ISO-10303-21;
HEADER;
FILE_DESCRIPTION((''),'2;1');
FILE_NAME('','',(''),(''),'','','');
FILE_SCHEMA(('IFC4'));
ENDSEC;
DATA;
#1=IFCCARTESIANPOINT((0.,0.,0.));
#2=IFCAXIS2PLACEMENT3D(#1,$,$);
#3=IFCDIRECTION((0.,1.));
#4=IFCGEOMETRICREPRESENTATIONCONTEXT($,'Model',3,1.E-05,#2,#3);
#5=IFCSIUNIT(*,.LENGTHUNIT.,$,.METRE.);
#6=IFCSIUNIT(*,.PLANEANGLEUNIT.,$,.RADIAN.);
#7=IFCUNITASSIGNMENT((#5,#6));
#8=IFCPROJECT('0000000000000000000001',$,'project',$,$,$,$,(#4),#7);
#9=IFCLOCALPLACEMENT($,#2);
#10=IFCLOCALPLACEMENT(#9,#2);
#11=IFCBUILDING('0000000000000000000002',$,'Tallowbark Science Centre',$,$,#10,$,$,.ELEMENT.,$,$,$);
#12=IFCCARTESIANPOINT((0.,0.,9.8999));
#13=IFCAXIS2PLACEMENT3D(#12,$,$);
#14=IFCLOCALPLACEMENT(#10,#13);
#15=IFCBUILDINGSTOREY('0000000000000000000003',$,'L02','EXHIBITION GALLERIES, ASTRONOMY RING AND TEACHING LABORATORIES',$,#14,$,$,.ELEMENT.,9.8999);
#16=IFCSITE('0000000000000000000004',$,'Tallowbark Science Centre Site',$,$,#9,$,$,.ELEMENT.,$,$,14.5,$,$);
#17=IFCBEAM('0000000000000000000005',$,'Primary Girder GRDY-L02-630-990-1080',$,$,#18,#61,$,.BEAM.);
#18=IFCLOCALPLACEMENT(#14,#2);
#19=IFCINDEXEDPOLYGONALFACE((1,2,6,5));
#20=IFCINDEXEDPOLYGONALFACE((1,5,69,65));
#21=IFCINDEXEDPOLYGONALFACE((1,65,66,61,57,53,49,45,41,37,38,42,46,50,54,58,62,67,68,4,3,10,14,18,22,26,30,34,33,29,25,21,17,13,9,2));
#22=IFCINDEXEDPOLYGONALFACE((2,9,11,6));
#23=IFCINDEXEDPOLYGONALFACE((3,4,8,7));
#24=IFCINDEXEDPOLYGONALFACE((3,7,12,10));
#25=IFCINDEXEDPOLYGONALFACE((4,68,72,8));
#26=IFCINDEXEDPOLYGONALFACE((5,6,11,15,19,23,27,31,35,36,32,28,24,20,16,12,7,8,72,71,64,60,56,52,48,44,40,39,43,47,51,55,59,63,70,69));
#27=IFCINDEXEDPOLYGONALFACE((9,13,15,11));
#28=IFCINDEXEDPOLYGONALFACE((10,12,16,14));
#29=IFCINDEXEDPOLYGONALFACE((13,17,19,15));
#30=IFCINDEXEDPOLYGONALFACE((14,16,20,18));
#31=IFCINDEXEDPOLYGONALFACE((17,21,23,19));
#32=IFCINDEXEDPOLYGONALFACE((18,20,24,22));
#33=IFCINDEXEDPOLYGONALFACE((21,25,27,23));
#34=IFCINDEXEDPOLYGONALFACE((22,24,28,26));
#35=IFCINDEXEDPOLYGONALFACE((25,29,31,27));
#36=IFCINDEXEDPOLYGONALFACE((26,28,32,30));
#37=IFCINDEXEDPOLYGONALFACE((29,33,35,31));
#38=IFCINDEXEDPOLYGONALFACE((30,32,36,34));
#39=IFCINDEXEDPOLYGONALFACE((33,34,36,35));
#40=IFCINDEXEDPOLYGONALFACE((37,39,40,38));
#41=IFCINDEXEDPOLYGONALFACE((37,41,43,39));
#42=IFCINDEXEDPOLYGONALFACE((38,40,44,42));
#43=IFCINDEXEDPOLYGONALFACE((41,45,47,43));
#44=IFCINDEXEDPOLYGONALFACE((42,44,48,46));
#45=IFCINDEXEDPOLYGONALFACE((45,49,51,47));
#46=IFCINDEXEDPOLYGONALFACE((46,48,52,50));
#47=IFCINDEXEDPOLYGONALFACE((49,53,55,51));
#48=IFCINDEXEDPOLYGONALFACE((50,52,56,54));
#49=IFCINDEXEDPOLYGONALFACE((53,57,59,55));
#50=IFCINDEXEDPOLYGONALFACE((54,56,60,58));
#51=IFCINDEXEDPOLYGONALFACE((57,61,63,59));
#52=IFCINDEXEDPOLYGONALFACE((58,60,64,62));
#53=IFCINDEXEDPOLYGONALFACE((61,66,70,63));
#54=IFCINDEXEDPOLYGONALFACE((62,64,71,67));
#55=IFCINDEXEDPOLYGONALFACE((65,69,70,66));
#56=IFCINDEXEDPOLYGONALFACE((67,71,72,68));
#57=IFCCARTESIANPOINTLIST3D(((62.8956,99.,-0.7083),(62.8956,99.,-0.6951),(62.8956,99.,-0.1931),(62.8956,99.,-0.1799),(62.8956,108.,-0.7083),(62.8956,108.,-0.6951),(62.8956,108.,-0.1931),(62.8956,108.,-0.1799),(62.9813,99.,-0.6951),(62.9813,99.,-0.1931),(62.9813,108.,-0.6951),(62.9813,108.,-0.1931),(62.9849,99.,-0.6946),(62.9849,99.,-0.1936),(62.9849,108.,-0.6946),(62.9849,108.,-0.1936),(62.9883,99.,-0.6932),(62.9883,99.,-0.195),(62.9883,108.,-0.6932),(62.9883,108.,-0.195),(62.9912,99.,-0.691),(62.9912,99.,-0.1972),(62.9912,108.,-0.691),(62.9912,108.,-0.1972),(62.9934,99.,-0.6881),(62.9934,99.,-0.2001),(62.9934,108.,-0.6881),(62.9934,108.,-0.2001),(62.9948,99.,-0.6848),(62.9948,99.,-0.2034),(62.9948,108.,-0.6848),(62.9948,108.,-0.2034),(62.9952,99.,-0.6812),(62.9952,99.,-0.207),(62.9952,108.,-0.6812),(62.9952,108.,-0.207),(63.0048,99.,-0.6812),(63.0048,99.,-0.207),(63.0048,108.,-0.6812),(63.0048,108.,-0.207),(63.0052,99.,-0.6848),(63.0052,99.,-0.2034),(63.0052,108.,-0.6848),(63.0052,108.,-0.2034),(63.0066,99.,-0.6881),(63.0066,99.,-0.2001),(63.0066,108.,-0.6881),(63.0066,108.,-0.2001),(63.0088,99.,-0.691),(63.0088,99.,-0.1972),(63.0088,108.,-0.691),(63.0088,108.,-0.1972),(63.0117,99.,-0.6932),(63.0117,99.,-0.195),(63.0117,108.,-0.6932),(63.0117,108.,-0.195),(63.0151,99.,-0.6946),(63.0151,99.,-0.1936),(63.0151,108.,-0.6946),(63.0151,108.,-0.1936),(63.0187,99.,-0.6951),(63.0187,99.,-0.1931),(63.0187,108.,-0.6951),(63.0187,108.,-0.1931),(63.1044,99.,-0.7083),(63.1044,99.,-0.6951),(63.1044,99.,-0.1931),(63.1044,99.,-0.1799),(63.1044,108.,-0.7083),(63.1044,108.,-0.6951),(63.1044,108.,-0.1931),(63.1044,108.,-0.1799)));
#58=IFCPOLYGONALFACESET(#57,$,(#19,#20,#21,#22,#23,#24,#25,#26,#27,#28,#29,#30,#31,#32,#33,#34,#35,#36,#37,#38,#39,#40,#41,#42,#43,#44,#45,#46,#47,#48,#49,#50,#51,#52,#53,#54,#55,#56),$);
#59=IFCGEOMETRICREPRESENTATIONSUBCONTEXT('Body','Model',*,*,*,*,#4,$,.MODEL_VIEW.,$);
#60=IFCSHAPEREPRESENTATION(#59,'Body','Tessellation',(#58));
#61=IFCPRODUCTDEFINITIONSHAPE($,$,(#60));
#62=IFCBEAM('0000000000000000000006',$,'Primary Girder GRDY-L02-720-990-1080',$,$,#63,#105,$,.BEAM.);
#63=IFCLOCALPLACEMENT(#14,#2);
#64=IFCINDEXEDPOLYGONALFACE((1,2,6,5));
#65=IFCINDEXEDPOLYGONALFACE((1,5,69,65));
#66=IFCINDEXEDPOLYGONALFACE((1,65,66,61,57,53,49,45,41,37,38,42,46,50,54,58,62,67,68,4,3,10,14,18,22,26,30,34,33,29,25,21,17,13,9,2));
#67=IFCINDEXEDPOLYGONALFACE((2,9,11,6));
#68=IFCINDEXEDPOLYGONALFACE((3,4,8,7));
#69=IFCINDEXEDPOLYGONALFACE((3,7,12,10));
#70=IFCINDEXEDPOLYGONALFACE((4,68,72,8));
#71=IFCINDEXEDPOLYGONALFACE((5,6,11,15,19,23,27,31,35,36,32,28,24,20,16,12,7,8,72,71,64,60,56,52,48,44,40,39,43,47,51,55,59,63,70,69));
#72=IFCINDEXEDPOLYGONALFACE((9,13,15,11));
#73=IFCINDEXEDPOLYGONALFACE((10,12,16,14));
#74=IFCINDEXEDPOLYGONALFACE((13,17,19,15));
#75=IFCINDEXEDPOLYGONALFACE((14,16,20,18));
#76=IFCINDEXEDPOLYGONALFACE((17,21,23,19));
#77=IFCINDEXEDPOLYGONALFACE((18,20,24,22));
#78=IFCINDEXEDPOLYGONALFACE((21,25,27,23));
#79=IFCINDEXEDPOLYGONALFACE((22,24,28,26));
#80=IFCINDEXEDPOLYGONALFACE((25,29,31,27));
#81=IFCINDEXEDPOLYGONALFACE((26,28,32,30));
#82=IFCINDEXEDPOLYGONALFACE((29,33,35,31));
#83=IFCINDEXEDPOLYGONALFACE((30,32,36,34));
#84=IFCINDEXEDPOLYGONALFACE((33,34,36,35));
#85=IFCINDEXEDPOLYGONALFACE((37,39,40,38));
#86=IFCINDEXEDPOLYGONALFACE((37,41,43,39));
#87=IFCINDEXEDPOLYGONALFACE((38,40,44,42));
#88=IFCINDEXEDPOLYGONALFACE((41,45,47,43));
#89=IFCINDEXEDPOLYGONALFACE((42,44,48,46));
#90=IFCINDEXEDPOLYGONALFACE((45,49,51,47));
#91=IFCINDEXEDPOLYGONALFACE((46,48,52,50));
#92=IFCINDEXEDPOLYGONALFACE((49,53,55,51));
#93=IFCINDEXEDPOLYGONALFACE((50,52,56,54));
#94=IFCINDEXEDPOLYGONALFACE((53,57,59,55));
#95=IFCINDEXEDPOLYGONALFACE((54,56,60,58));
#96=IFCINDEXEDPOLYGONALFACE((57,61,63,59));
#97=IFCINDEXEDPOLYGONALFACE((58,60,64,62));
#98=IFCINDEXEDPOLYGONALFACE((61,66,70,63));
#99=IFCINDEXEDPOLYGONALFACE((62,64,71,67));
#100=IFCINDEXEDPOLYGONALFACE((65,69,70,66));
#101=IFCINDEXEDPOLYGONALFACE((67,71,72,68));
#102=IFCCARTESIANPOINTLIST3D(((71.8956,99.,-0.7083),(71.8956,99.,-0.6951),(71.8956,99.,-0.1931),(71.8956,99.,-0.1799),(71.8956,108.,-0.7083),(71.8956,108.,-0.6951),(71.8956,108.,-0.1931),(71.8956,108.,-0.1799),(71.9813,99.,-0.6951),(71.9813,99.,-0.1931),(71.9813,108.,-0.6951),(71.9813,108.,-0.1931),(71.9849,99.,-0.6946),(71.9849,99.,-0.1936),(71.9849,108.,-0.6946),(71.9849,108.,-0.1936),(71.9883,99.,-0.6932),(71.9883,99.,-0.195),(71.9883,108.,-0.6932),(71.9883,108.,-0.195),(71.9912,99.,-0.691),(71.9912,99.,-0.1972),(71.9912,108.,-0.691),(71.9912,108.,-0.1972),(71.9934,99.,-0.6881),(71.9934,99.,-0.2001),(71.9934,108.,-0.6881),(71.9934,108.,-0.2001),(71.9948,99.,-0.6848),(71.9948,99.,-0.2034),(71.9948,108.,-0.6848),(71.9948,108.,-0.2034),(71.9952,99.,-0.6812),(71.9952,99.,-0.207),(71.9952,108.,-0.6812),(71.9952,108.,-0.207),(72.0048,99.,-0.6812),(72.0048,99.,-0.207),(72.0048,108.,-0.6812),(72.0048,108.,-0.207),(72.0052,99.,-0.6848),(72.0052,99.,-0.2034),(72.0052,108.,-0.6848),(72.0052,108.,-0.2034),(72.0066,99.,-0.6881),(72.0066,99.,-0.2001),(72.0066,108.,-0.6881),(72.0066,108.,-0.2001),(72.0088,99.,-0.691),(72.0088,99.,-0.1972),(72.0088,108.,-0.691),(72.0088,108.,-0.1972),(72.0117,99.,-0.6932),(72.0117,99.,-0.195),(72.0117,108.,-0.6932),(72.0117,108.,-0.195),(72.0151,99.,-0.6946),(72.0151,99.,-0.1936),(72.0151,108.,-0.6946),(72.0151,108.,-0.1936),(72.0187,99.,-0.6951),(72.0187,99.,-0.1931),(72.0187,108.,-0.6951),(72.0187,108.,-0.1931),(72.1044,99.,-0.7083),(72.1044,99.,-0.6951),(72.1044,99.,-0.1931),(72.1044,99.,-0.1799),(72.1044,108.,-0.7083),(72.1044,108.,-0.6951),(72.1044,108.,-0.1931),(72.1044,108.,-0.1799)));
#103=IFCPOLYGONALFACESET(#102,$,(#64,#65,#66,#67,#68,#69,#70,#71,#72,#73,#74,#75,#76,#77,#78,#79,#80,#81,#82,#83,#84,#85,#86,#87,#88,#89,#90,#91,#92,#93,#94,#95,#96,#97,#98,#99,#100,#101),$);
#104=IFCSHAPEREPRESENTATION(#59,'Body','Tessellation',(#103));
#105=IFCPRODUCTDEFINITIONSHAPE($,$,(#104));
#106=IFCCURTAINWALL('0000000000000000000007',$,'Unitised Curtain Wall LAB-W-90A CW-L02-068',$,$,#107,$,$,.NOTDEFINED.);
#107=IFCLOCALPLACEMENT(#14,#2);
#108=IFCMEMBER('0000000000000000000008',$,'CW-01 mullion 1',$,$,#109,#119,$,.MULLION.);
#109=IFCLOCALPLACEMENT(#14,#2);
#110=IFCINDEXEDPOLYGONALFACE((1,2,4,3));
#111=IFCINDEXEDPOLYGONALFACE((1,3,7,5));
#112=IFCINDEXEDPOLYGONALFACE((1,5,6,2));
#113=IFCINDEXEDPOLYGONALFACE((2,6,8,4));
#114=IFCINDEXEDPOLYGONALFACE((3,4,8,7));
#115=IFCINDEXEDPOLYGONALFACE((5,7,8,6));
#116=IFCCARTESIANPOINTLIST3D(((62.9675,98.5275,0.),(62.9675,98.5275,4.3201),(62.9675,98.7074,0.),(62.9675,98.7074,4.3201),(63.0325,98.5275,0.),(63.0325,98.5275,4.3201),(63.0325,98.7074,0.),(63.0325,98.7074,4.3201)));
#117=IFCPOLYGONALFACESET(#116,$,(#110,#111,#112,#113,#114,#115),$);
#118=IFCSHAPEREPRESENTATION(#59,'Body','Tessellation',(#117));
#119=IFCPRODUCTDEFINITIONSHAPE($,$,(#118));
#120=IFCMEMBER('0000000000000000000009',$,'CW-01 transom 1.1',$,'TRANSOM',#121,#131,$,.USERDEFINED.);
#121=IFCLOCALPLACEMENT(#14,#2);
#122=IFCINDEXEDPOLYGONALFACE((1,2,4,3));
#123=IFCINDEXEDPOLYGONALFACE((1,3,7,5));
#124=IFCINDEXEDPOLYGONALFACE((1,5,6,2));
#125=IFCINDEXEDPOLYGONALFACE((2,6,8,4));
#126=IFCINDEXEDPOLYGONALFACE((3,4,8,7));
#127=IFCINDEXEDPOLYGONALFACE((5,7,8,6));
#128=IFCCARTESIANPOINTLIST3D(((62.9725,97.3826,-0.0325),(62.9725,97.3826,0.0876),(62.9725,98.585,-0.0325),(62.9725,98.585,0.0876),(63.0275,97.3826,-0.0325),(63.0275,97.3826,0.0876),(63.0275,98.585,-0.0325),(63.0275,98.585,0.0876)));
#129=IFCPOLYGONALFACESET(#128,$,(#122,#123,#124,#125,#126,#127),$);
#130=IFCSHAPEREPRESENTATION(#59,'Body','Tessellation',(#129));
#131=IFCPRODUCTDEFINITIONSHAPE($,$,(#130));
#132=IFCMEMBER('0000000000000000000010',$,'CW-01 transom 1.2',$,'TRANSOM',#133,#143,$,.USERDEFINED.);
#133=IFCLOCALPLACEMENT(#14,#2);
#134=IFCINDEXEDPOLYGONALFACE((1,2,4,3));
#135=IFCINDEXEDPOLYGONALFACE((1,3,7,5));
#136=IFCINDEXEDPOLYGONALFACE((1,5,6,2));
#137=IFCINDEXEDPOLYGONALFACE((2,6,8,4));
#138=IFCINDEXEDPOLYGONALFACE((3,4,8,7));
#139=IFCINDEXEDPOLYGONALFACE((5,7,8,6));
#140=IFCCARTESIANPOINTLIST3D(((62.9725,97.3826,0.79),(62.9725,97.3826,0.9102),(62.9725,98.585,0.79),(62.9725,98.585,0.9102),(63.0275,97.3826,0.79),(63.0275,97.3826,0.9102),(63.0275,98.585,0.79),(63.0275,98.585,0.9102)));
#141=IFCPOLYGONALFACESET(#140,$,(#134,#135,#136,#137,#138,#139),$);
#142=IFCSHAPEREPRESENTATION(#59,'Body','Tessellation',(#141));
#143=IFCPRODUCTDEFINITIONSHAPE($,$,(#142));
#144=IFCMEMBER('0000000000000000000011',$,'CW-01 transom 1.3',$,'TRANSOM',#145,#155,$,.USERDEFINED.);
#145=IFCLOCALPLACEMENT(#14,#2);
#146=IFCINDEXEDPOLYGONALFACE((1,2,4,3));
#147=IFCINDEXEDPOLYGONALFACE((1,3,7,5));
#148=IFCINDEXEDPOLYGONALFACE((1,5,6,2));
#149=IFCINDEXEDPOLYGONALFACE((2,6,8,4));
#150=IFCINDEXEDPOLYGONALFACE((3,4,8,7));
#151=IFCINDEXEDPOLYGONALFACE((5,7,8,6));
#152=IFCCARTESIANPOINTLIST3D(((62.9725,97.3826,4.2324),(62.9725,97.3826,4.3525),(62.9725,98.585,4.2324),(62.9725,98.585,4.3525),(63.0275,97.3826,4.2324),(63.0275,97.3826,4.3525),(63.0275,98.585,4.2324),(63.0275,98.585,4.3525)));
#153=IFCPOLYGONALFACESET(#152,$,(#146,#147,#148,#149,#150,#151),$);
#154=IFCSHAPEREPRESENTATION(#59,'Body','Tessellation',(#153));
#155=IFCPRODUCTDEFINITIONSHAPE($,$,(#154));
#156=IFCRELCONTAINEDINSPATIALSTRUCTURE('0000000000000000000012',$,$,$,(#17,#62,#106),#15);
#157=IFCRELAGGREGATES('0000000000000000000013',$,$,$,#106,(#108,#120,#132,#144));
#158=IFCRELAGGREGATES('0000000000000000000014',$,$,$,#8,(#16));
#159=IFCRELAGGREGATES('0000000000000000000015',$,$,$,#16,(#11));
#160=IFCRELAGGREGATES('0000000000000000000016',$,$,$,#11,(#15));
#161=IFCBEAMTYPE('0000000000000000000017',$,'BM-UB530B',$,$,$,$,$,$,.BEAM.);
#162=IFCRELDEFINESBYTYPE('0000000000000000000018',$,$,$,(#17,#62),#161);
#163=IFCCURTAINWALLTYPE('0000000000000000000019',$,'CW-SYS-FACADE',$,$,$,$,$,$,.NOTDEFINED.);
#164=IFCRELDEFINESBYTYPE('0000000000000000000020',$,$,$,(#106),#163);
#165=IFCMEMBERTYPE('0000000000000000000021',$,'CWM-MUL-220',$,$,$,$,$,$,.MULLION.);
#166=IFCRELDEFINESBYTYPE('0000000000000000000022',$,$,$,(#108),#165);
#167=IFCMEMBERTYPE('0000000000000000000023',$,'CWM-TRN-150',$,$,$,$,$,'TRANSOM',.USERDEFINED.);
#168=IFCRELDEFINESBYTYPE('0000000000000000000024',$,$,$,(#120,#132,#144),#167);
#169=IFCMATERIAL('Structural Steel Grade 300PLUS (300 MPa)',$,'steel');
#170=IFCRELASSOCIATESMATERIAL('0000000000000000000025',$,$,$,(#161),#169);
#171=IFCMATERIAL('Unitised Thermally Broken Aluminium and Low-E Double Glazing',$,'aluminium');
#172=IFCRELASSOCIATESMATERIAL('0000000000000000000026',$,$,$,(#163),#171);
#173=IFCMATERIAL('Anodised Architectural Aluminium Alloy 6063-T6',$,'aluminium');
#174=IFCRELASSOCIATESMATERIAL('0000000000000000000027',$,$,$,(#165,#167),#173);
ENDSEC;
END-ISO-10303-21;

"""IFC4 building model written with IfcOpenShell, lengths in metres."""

from ifc_helpers import new_model, si_unit, direction, frame, origin, origin_2d, place, context, subcontext, project, spatial, rectangle, i_section, extrude, material, material_profile, profile_set, type_object, element, aggregate, save


model = new_model("IFC4")

# Units and contexts
model_context = context("Model", 3, precision=1e-05, world=origin(), true_north=direction((0.0, 1.0)))
body_context = subcontext(model_context, "Body", "Model", "MODEL_VIEW")
ifc_project = project(units=[si_unit("LENGTHUNIT", "METRE"), si_unit("PLANEANGLEUNIT", "RADIAN")], contexts=[model_context])

# Site, building, storey
site_placement = place(None, origin())
site = spatial("IfcSite", under=ifc_project, at=site_placement, Name="Tallowbark Science Centre Site", CompositionType="ELEMENT", RefElevation=14.5)
building_placement = place(site_placement, origin())
building = spatial("IfcBuilding", under=site, at=building_placement, Name="Tallowbark Science Centre", CompositionType="ELEMENT")
storey_placement = place(building_placement, frame((0.0, 0.0, 9.8999)))
storey = spatial("IfcBuildingStorey", under=building, at=storey_placement, Name="L02", Description="EXHIBITION GALLERIES, ASTRONOMY RING AND TEACHING LABORATORIES", CompositionType="ELEMENT", Elevation=9.8999)

# Shared definitions
ifc_material_1 = material(Name="Structural Steel Grade 300PLUS (300 MPa)", Category="steel")

# Beams
ifc_material_profile_1 = material_profile(ifc_material_1, i_section(OverallWidth=0.2087, OverallDepth=0.5283, WebThickness=0.0095, FlangeThickness=0.0132, FilletRadius=0.0139, at=origin_2d()), Name="530UB82.0")
ifc_profile_set_1 = profile_set([ifc_material_profile_1], Name="Structural Steel Grade 300PLUS (300 MPa)")
beam_type_1 = type_object("IfcBeamType", Name="BM-UB530B", PredefinedType="BEAM", material=ifc_profile_set_1)
for number, where, z_axis, x_axis, name in (
    (1, (63.0, 99.0, -0.4441), (0.0, 1.0, 0.0), (-1.0, 0.0, 0.0), "Primary Girder GRDY-L02-630-990-1080"),
    (2, (72.0, 99.0, -0.4441), (0.0, 1.0, 0.0), (-1.0, 0.0, 0.0), "Primary Girder GRDY-L02-720-990-1080"),
):
    element("IfcBeam", number, at=place(storey_placement, frame(where, z_axis=z_axis, x_axis=x_axis)), inside=storey, type_object=beam_type_1, Name=name, PredefinedType="BEAM", context=body_context, shape_type="SweptSolid", body=[
        extrude(i_section(OverallWidth=0.2087, OverallDepth=0.5283, WebThickness=0.0095, FlangeThickness=0.0132, FilletRadius=0.0139, at=origin_2d()), origin(), (0.0, 0.0, 1.0), 9.0),
    ])

# Curtain wall, members
ifc_material_2 = material(Name="Unitised Thermally Broken Aluminium and Low-E Double Glazing", Category="aluminium")
curtain_wall_type = type_object("IfcCurtainWallType", Name="CW-SYS-FACADE", PredefinedType="NOTDEFINED", material=ifc_material_2)
curtain_wall_placement = place(storey_placement, origin())
curtain_wall = element("IfcCurtainWall", 3, at=curtain_wall_placement, inside=storey, type_object=curtain_wall_type, Name="Unitised Curtain Wall LAB-W-90A CW-L02-068", PredefinedType="NOTDEFINED")
ifc_material_3 = material(Name="Anodised Architectural Aluminium Alloy 6063-T6", Category="aluminium")
ifc_material_profile_2 = material_profile(ifc_material_3, rectangle(XDim=0.0649, YDim=0.1799, at=origin_2d()), Name="ALU65x180")
ifc_profile_set_2 = profile_set([ifc_material_profile_2], Name="Anodised Architectural Aluminium Alloy 6063-T6")
member_type_1 = type_object("IfcMemberType", Name="CWM-MUL-220", PredefinedType="MULLION", material=ifc_profile_set_2)
member_1_placement = place(storey_placement, frame((63.0, 98.6174, 0.0), z_axis=(0.0, 0.0, 1.0), x_axis=(1.0, 0.0, 0.0)))
member_1 = element("IfcMember", 4, at=member_1_placement, type_object=member_type_1, Name="CW-01 mullion 1", PredefinedType="MULLION", context=body_context, shape_type="SweptSolid", body=[
    extrude(rectangle(XDim=0.0649, YDim=0.1799, at=origin_2d()), origin(), (0.0, 0.0, 1.0), 4.3201),
])
ifc_material_profile_3 = material_profile(ifc_material_3, rectangle(XDim=0.0549, YDim=0.1201, at=origin_2d()), Name="ALU55x120")
ifc_profile_set_3 = profile_set([ifc_material_profile_3], Name="Anodised Architectural Aluminium Alloy 6063-T6")
member_type_2 = type_object("IfcMemberType", Name="CWM-TRN-150", ElementType="TRANSOM", PredefinedType="USERDEFINED", material=ifc_profile_set_3)
member_2_placement = place(storey_placement, frame((63.0, 98.585, 0.0276), z_axis=(0.0, -1.0, 0.0), x_axis=(1.0, 0.0, 0.0)))
member_2 = element("IfcMember", 5, at=member_2_placement, type_object=member_type_2, Name="CW-01 transom 1.1", ObjectType="TRANSOM", PredefinedType="USERDEFINED", context=body_context, shape_type="SweptSolid", body=[
    extrude(rectangle(XDim=0.0549, YDim=0.1201, at=origin_2d()), origin(), (0.0, 0.0, 1.0), 1.2024),
])
member_3_placement = place(storey_placement, frame((63.0, 98.585, 0.8501), z_axis=(0.0, -1.0, 0.0), x_axis=(1.0, 0.0, 0.0)))
member_3 = element("IfcMember", 6, at=member_3_placement, type_object=member_type_2, Name="CW-01 transom 1.2", ObjectType="TRANSOM", PredefinedType="USERDEFINED", context=body_context, shape_type="SweptSolid", body=[
    extrude(rectangle(XDim=0.0549, YDim=0.1201, at=origin_2d()), origin(), (0.0, 0.0, 1.0), 1.2024),
])
member_4_placement = place(storey_placement, frame((63.0, 98.585, 4.2925), z_axis=(0.0, -1.0, 0.0), x_axis=(1.0, 0.0, 0.0)))
member_4 = element("IfcMember", 7, at=member_4_placement, type_object=member_type_2, Name="CW-01 transom 1.3", ObjectType="TRANSOM", PredefinedType="USERDEFINED", context=body_context, shape_type="SweptSolid", body=[
    extrude(rectangle(XDim=0.0549, YDim=0.1201, at=origin_2d()), origin(), (0.0, 0.0, 1.0), 1.2024),
])

aggregate(curtain_wall, [member_1, member_2, member_3, member_4])

save(model, "model.ifc")
